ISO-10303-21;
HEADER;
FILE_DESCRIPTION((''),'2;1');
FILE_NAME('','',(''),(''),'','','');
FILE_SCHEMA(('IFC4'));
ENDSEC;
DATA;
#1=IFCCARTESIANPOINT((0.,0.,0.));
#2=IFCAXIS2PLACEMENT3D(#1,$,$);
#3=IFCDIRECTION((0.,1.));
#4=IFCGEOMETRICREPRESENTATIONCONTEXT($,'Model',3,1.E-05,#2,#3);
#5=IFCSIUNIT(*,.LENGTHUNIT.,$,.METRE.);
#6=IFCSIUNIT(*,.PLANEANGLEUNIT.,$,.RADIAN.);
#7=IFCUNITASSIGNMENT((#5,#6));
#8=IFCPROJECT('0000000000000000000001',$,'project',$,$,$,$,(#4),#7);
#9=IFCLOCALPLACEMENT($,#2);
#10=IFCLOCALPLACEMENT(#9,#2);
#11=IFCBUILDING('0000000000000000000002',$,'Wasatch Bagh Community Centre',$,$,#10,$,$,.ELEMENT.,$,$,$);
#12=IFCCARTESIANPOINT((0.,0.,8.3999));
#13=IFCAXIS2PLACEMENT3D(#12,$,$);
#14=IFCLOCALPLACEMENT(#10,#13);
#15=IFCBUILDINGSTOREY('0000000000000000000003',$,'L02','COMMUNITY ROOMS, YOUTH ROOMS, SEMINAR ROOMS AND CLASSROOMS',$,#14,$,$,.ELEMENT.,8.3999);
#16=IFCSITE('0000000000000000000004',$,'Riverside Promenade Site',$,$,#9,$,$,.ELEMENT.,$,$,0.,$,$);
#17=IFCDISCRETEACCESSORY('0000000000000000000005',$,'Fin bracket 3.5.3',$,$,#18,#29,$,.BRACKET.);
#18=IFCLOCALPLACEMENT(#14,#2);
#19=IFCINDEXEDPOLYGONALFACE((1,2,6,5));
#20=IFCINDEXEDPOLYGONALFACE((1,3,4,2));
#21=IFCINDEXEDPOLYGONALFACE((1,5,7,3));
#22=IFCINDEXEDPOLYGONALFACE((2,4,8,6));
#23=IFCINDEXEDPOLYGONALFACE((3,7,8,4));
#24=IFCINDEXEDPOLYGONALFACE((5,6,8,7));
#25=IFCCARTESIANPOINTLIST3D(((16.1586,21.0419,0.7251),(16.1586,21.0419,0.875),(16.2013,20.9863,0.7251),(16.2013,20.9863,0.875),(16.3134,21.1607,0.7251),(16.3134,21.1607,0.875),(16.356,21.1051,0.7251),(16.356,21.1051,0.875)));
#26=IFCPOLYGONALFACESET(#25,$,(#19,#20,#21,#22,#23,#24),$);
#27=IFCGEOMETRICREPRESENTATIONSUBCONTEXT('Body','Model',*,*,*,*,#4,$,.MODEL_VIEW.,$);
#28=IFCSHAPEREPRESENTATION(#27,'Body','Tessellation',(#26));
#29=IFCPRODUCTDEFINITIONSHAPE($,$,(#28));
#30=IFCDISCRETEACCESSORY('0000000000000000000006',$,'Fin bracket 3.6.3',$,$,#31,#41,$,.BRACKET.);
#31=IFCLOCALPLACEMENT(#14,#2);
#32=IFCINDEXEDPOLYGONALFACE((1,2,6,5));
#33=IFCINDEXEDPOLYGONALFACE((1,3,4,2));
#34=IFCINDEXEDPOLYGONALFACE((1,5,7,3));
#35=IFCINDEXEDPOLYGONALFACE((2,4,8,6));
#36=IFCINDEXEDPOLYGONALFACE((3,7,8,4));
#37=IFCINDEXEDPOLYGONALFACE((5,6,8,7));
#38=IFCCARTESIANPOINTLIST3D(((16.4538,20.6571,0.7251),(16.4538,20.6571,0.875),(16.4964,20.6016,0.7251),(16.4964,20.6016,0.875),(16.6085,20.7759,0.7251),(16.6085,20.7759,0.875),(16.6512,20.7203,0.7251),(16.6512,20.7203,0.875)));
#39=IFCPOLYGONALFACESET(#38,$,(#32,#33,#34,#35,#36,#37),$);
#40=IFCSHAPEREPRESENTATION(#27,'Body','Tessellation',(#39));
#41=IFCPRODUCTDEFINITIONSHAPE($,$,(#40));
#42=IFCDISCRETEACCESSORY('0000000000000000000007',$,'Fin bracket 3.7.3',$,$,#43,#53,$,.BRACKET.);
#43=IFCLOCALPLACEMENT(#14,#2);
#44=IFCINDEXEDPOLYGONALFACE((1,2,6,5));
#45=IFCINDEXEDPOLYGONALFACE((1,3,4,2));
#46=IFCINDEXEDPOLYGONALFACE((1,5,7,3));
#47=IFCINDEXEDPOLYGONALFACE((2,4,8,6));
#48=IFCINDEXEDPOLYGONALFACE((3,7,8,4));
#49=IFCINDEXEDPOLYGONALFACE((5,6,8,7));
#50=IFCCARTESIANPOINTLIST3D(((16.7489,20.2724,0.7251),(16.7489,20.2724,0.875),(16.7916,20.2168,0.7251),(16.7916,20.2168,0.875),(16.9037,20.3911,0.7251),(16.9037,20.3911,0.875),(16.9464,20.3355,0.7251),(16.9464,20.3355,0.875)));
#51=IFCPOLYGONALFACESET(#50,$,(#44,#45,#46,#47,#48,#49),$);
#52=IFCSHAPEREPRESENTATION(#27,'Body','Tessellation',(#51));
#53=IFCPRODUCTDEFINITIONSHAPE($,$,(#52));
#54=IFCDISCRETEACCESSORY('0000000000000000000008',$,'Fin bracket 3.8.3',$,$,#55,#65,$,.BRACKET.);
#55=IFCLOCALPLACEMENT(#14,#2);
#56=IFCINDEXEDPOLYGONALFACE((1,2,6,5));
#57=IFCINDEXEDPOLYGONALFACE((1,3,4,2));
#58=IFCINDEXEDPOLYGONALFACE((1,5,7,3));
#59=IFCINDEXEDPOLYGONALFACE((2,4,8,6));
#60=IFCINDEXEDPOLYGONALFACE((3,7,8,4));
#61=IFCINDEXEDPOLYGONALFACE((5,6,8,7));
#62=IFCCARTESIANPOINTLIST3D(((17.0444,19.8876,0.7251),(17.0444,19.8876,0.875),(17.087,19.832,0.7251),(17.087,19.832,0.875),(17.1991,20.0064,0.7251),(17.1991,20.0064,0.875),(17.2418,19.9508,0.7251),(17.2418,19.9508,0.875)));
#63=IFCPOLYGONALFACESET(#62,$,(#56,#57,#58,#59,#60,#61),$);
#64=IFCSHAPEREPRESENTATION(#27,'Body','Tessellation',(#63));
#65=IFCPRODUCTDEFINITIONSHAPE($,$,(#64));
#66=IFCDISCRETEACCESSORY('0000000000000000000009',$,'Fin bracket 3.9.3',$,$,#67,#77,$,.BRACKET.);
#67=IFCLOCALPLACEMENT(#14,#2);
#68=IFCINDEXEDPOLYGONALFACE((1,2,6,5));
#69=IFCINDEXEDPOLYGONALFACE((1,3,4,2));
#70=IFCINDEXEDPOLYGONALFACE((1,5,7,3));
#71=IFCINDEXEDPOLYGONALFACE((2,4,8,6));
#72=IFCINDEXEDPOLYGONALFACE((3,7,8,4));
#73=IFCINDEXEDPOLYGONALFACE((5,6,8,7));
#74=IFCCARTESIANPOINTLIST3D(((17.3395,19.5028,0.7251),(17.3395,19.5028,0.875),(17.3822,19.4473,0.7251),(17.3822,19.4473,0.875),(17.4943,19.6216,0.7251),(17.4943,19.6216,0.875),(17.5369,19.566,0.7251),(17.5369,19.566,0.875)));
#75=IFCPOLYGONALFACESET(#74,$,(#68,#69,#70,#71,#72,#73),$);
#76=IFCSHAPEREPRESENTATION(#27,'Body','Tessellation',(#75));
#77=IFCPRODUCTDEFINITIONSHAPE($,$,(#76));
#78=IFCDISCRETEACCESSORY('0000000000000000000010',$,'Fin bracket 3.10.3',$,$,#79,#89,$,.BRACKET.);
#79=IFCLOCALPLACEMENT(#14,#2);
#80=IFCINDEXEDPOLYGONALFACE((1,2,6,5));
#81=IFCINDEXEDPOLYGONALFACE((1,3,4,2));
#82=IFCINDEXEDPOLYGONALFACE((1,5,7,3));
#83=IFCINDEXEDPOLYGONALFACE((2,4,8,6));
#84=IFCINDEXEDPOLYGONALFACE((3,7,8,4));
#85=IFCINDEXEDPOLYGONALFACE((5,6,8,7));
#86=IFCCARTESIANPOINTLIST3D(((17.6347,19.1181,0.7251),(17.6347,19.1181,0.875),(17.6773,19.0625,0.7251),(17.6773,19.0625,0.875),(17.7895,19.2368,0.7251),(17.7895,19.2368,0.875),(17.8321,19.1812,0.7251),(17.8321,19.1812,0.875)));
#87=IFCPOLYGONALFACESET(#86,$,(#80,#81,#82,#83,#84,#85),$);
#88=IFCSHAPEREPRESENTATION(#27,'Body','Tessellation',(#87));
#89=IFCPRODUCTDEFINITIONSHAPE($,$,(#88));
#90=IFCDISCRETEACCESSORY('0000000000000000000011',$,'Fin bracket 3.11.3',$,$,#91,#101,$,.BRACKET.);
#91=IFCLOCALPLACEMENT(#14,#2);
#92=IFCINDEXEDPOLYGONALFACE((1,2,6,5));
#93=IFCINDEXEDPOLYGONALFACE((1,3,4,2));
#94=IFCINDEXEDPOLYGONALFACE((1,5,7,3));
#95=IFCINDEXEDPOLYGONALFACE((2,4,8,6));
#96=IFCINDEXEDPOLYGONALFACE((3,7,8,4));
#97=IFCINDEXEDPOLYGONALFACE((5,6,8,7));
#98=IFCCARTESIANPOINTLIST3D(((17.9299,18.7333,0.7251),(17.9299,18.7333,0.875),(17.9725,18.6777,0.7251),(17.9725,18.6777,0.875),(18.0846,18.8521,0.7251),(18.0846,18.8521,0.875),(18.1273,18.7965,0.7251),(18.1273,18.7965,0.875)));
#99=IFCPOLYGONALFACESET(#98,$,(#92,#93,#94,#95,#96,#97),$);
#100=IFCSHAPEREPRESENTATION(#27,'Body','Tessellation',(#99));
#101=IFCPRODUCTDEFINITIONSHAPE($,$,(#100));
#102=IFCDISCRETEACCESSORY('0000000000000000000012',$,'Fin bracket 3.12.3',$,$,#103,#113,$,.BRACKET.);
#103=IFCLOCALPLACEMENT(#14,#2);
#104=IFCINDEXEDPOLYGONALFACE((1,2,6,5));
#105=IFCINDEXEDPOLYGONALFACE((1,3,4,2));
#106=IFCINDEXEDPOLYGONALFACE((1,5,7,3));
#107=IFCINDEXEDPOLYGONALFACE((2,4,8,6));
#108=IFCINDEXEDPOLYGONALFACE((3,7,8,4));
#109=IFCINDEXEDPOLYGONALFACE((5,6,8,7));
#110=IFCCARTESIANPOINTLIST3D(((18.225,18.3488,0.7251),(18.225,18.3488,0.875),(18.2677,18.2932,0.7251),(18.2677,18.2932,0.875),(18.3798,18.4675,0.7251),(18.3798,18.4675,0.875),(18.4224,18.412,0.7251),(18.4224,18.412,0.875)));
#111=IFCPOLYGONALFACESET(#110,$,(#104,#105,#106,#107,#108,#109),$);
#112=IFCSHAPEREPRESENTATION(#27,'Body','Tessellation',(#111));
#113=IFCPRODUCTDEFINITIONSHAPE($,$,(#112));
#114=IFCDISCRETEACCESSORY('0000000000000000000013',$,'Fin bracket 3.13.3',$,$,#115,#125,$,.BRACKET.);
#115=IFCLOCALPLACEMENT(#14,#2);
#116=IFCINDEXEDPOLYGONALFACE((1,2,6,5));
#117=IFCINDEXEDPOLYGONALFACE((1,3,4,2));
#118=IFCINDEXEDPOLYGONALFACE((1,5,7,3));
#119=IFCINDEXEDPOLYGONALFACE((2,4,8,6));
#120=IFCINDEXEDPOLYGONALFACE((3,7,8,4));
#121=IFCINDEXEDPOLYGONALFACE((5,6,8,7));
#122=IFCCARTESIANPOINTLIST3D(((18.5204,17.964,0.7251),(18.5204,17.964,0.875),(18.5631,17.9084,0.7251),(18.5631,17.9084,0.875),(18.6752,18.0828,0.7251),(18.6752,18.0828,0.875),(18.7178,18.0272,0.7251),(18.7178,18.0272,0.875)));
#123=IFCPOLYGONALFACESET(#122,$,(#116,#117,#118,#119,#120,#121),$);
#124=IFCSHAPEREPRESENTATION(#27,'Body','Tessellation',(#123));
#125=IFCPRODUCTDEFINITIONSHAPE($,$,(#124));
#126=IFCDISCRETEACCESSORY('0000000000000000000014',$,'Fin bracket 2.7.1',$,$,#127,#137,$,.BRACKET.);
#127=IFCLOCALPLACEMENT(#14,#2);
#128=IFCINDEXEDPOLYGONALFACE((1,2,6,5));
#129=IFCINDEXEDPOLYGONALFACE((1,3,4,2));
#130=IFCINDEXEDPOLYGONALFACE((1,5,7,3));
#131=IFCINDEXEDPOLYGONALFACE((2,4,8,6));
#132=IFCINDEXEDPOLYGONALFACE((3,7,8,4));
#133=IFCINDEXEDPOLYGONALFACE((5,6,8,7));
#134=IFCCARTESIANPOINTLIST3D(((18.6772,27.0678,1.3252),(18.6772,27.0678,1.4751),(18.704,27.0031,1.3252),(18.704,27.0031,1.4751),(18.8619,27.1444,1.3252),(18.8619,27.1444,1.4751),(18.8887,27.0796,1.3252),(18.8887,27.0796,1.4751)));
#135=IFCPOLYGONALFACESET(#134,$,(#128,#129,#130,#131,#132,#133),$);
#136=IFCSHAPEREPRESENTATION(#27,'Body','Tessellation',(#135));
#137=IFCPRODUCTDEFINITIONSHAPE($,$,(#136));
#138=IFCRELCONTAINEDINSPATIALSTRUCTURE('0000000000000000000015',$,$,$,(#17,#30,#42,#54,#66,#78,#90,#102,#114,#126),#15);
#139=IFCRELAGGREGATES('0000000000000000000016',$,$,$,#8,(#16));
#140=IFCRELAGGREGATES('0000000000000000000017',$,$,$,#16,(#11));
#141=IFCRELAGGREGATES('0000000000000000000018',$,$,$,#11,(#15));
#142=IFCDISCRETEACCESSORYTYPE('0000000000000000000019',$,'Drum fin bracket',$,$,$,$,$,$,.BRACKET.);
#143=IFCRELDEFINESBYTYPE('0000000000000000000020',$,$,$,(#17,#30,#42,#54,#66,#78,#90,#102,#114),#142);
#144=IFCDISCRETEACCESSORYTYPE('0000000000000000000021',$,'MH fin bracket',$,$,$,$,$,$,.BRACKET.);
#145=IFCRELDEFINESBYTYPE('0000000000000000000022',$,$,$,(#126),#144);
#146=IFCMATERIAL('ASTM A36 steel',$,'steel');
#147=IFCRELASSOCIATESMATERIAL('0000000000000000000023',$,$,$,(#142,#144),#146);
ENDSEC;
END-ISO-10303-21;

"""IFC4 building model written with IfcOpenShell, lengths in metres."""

from ifc_helpers import new_model, si_unit, direction, frame, origin, origin_2d, place, context, subcontext, project, spatial, rectangle, extrude, material, type_object, element, save


model = new_model("IFC4")

# Units and contexts
model_context = context("Model", 3, precision=1e-05, world=origin(), true_north=direction((0.0, 1.0)))
body_context = subcontext(model_context, "Body", "Model", "MODEL_VIEW")
ifc_project = project(units=[si_unit("LENGTHUNIT", "METRE"), si_unit("PLANEANGLEUNIT", "RADIAN")], contexts=[model_context])

# Site, building, storey
site_placement = place(None, origin())
site = spatial("IfcSite", under=ifc_project, at=site_placement, Name="Riverside Promenade Site", CompositionType="ELEMENT", RefElevation=0.0)
building_placement = place(site_placement, origin())
building = spatial("IfcBuilding", under=site, at=building_placement, Name="Wasatch Bagh Community Centre", CompositionType="ELEMENT")
storey_placement = place(building_placement, frame((0.0, 0.0, 8.3999)))
storey = spatial("IfcBuildingStorey", under=building, at=storey_placement, Name="L02", Description="COMMUNITY ROOMS, YOUTH ROOMS, SEMINAR ROOMS AND CLASSROOMS", CompositionType="ELEMENT", Elevation=8.3999)

# Discrete accessories
ifc_material_1 = material(Name="ASTM A36 steel", Category="steel")
discrete_accessory_type_1 = type_object("IfcDiscreteAccessoryType", Name="Drum fin bracket", PredefinedType="BRACKET", material=ifc_material_1)
for number, where, z_axis, x_axis, name in (
    (1, (16.2573, 21.0735, 0.7251), (0.0, 0.0, 1.0), (0.608761, -0.793353, 0.0), "Fin bracket 3.5.3"),
    (2, (16.5525, 20.6887, 0.7251), (0.0, 0.0, 1.0), (0.608761, -0.793353, 0.0), "Fin bracket 3.6.3"),
    (3, (16.8477, 20.304, 0.7251), (0.0, 0.0, 1.0), (0.608761, -0.793353, 0.0), "Fin bracket 3.7.3"),
    (4, (17.1431, 19.9192, 0.7251), (0.0, 0.0, 1.0), (0.608761, -0.793353, 0.0), "Fin bracket 3.8.3"),
    (5, (17.4382, 19.5344, 0.7251), (0.0, 0.0, 1.0), (0.608761, -0.793353, 0.0), "Fin bracket 3.9.3"),
    (6, (17.7334, 19.1497, 0.7251), (0.0, 0.0, 1.0), (0.608761, -0.793353, 0.0), "Fin bracket 3.10.3"),
    (7, (18.0286, 18.7649, 0.7251), (0.0, 0.0, 1.0), (0.608761, -0.793353, 0.0), "Fin bracket 3.11.3"),
    (8, (18.3237, 18.3804, 0.7251), (0.0, 0.0, 1.0), (0.608761, -0.793353, 0.0), "Fin bracket 3.12.3"),
    (9, (18.6191, 17.9956, 0.7251), (0.0, 0.0, 1.0), (0.608761, -0.793353, 0.0), "Fin bracket 3.13.3"),
):
    element("IfcDiscreteAccessory", number, at=place(storey_placement, frame(where, z_axis=z_axis, x_axis=x_axis)), inside=storey, type_object=discrete_accessory_type_1, Name=name, PredefinedType="BRACKET", context=body_context, shape_type="SweptSolid", body=[
        extrude(rectangle(XDim=0.0701, YDim=0.1951, at=origin_2d()), origin(), (0.0, 0.0, 1.0), 0.1499),
    ])
discrete_accessory_type_2 = type_object("IfcDiscreteAccessoryType", Name="MH fin bracket", PredefinedType="BRACKET", material=ifc_material_1)
discrete_accessory_placement = place(storey_placement, frame((18.783, 27.0737, 1.3252), z_axis=(0.0, 0.0, 1.0), x_axis=(0.382683, -0.92388, 0.0)))
element("IfcDiscreteAccessory", 10, at=discrete_accessory_placement, inside=storey, type_object=discrete_accessory_type_2, Name="Fin bracket 2.7.1", PredefinedType="BRACKET", context=body_context, shape_type="SweptSolid", body=[
    extrude(rectangle(XDim=0.0701, YDim=0.2, at=origin_2d()), origin(), (0.0, 0.0, 1.0), 0.1499),
])

save(model, "model.ifc")
